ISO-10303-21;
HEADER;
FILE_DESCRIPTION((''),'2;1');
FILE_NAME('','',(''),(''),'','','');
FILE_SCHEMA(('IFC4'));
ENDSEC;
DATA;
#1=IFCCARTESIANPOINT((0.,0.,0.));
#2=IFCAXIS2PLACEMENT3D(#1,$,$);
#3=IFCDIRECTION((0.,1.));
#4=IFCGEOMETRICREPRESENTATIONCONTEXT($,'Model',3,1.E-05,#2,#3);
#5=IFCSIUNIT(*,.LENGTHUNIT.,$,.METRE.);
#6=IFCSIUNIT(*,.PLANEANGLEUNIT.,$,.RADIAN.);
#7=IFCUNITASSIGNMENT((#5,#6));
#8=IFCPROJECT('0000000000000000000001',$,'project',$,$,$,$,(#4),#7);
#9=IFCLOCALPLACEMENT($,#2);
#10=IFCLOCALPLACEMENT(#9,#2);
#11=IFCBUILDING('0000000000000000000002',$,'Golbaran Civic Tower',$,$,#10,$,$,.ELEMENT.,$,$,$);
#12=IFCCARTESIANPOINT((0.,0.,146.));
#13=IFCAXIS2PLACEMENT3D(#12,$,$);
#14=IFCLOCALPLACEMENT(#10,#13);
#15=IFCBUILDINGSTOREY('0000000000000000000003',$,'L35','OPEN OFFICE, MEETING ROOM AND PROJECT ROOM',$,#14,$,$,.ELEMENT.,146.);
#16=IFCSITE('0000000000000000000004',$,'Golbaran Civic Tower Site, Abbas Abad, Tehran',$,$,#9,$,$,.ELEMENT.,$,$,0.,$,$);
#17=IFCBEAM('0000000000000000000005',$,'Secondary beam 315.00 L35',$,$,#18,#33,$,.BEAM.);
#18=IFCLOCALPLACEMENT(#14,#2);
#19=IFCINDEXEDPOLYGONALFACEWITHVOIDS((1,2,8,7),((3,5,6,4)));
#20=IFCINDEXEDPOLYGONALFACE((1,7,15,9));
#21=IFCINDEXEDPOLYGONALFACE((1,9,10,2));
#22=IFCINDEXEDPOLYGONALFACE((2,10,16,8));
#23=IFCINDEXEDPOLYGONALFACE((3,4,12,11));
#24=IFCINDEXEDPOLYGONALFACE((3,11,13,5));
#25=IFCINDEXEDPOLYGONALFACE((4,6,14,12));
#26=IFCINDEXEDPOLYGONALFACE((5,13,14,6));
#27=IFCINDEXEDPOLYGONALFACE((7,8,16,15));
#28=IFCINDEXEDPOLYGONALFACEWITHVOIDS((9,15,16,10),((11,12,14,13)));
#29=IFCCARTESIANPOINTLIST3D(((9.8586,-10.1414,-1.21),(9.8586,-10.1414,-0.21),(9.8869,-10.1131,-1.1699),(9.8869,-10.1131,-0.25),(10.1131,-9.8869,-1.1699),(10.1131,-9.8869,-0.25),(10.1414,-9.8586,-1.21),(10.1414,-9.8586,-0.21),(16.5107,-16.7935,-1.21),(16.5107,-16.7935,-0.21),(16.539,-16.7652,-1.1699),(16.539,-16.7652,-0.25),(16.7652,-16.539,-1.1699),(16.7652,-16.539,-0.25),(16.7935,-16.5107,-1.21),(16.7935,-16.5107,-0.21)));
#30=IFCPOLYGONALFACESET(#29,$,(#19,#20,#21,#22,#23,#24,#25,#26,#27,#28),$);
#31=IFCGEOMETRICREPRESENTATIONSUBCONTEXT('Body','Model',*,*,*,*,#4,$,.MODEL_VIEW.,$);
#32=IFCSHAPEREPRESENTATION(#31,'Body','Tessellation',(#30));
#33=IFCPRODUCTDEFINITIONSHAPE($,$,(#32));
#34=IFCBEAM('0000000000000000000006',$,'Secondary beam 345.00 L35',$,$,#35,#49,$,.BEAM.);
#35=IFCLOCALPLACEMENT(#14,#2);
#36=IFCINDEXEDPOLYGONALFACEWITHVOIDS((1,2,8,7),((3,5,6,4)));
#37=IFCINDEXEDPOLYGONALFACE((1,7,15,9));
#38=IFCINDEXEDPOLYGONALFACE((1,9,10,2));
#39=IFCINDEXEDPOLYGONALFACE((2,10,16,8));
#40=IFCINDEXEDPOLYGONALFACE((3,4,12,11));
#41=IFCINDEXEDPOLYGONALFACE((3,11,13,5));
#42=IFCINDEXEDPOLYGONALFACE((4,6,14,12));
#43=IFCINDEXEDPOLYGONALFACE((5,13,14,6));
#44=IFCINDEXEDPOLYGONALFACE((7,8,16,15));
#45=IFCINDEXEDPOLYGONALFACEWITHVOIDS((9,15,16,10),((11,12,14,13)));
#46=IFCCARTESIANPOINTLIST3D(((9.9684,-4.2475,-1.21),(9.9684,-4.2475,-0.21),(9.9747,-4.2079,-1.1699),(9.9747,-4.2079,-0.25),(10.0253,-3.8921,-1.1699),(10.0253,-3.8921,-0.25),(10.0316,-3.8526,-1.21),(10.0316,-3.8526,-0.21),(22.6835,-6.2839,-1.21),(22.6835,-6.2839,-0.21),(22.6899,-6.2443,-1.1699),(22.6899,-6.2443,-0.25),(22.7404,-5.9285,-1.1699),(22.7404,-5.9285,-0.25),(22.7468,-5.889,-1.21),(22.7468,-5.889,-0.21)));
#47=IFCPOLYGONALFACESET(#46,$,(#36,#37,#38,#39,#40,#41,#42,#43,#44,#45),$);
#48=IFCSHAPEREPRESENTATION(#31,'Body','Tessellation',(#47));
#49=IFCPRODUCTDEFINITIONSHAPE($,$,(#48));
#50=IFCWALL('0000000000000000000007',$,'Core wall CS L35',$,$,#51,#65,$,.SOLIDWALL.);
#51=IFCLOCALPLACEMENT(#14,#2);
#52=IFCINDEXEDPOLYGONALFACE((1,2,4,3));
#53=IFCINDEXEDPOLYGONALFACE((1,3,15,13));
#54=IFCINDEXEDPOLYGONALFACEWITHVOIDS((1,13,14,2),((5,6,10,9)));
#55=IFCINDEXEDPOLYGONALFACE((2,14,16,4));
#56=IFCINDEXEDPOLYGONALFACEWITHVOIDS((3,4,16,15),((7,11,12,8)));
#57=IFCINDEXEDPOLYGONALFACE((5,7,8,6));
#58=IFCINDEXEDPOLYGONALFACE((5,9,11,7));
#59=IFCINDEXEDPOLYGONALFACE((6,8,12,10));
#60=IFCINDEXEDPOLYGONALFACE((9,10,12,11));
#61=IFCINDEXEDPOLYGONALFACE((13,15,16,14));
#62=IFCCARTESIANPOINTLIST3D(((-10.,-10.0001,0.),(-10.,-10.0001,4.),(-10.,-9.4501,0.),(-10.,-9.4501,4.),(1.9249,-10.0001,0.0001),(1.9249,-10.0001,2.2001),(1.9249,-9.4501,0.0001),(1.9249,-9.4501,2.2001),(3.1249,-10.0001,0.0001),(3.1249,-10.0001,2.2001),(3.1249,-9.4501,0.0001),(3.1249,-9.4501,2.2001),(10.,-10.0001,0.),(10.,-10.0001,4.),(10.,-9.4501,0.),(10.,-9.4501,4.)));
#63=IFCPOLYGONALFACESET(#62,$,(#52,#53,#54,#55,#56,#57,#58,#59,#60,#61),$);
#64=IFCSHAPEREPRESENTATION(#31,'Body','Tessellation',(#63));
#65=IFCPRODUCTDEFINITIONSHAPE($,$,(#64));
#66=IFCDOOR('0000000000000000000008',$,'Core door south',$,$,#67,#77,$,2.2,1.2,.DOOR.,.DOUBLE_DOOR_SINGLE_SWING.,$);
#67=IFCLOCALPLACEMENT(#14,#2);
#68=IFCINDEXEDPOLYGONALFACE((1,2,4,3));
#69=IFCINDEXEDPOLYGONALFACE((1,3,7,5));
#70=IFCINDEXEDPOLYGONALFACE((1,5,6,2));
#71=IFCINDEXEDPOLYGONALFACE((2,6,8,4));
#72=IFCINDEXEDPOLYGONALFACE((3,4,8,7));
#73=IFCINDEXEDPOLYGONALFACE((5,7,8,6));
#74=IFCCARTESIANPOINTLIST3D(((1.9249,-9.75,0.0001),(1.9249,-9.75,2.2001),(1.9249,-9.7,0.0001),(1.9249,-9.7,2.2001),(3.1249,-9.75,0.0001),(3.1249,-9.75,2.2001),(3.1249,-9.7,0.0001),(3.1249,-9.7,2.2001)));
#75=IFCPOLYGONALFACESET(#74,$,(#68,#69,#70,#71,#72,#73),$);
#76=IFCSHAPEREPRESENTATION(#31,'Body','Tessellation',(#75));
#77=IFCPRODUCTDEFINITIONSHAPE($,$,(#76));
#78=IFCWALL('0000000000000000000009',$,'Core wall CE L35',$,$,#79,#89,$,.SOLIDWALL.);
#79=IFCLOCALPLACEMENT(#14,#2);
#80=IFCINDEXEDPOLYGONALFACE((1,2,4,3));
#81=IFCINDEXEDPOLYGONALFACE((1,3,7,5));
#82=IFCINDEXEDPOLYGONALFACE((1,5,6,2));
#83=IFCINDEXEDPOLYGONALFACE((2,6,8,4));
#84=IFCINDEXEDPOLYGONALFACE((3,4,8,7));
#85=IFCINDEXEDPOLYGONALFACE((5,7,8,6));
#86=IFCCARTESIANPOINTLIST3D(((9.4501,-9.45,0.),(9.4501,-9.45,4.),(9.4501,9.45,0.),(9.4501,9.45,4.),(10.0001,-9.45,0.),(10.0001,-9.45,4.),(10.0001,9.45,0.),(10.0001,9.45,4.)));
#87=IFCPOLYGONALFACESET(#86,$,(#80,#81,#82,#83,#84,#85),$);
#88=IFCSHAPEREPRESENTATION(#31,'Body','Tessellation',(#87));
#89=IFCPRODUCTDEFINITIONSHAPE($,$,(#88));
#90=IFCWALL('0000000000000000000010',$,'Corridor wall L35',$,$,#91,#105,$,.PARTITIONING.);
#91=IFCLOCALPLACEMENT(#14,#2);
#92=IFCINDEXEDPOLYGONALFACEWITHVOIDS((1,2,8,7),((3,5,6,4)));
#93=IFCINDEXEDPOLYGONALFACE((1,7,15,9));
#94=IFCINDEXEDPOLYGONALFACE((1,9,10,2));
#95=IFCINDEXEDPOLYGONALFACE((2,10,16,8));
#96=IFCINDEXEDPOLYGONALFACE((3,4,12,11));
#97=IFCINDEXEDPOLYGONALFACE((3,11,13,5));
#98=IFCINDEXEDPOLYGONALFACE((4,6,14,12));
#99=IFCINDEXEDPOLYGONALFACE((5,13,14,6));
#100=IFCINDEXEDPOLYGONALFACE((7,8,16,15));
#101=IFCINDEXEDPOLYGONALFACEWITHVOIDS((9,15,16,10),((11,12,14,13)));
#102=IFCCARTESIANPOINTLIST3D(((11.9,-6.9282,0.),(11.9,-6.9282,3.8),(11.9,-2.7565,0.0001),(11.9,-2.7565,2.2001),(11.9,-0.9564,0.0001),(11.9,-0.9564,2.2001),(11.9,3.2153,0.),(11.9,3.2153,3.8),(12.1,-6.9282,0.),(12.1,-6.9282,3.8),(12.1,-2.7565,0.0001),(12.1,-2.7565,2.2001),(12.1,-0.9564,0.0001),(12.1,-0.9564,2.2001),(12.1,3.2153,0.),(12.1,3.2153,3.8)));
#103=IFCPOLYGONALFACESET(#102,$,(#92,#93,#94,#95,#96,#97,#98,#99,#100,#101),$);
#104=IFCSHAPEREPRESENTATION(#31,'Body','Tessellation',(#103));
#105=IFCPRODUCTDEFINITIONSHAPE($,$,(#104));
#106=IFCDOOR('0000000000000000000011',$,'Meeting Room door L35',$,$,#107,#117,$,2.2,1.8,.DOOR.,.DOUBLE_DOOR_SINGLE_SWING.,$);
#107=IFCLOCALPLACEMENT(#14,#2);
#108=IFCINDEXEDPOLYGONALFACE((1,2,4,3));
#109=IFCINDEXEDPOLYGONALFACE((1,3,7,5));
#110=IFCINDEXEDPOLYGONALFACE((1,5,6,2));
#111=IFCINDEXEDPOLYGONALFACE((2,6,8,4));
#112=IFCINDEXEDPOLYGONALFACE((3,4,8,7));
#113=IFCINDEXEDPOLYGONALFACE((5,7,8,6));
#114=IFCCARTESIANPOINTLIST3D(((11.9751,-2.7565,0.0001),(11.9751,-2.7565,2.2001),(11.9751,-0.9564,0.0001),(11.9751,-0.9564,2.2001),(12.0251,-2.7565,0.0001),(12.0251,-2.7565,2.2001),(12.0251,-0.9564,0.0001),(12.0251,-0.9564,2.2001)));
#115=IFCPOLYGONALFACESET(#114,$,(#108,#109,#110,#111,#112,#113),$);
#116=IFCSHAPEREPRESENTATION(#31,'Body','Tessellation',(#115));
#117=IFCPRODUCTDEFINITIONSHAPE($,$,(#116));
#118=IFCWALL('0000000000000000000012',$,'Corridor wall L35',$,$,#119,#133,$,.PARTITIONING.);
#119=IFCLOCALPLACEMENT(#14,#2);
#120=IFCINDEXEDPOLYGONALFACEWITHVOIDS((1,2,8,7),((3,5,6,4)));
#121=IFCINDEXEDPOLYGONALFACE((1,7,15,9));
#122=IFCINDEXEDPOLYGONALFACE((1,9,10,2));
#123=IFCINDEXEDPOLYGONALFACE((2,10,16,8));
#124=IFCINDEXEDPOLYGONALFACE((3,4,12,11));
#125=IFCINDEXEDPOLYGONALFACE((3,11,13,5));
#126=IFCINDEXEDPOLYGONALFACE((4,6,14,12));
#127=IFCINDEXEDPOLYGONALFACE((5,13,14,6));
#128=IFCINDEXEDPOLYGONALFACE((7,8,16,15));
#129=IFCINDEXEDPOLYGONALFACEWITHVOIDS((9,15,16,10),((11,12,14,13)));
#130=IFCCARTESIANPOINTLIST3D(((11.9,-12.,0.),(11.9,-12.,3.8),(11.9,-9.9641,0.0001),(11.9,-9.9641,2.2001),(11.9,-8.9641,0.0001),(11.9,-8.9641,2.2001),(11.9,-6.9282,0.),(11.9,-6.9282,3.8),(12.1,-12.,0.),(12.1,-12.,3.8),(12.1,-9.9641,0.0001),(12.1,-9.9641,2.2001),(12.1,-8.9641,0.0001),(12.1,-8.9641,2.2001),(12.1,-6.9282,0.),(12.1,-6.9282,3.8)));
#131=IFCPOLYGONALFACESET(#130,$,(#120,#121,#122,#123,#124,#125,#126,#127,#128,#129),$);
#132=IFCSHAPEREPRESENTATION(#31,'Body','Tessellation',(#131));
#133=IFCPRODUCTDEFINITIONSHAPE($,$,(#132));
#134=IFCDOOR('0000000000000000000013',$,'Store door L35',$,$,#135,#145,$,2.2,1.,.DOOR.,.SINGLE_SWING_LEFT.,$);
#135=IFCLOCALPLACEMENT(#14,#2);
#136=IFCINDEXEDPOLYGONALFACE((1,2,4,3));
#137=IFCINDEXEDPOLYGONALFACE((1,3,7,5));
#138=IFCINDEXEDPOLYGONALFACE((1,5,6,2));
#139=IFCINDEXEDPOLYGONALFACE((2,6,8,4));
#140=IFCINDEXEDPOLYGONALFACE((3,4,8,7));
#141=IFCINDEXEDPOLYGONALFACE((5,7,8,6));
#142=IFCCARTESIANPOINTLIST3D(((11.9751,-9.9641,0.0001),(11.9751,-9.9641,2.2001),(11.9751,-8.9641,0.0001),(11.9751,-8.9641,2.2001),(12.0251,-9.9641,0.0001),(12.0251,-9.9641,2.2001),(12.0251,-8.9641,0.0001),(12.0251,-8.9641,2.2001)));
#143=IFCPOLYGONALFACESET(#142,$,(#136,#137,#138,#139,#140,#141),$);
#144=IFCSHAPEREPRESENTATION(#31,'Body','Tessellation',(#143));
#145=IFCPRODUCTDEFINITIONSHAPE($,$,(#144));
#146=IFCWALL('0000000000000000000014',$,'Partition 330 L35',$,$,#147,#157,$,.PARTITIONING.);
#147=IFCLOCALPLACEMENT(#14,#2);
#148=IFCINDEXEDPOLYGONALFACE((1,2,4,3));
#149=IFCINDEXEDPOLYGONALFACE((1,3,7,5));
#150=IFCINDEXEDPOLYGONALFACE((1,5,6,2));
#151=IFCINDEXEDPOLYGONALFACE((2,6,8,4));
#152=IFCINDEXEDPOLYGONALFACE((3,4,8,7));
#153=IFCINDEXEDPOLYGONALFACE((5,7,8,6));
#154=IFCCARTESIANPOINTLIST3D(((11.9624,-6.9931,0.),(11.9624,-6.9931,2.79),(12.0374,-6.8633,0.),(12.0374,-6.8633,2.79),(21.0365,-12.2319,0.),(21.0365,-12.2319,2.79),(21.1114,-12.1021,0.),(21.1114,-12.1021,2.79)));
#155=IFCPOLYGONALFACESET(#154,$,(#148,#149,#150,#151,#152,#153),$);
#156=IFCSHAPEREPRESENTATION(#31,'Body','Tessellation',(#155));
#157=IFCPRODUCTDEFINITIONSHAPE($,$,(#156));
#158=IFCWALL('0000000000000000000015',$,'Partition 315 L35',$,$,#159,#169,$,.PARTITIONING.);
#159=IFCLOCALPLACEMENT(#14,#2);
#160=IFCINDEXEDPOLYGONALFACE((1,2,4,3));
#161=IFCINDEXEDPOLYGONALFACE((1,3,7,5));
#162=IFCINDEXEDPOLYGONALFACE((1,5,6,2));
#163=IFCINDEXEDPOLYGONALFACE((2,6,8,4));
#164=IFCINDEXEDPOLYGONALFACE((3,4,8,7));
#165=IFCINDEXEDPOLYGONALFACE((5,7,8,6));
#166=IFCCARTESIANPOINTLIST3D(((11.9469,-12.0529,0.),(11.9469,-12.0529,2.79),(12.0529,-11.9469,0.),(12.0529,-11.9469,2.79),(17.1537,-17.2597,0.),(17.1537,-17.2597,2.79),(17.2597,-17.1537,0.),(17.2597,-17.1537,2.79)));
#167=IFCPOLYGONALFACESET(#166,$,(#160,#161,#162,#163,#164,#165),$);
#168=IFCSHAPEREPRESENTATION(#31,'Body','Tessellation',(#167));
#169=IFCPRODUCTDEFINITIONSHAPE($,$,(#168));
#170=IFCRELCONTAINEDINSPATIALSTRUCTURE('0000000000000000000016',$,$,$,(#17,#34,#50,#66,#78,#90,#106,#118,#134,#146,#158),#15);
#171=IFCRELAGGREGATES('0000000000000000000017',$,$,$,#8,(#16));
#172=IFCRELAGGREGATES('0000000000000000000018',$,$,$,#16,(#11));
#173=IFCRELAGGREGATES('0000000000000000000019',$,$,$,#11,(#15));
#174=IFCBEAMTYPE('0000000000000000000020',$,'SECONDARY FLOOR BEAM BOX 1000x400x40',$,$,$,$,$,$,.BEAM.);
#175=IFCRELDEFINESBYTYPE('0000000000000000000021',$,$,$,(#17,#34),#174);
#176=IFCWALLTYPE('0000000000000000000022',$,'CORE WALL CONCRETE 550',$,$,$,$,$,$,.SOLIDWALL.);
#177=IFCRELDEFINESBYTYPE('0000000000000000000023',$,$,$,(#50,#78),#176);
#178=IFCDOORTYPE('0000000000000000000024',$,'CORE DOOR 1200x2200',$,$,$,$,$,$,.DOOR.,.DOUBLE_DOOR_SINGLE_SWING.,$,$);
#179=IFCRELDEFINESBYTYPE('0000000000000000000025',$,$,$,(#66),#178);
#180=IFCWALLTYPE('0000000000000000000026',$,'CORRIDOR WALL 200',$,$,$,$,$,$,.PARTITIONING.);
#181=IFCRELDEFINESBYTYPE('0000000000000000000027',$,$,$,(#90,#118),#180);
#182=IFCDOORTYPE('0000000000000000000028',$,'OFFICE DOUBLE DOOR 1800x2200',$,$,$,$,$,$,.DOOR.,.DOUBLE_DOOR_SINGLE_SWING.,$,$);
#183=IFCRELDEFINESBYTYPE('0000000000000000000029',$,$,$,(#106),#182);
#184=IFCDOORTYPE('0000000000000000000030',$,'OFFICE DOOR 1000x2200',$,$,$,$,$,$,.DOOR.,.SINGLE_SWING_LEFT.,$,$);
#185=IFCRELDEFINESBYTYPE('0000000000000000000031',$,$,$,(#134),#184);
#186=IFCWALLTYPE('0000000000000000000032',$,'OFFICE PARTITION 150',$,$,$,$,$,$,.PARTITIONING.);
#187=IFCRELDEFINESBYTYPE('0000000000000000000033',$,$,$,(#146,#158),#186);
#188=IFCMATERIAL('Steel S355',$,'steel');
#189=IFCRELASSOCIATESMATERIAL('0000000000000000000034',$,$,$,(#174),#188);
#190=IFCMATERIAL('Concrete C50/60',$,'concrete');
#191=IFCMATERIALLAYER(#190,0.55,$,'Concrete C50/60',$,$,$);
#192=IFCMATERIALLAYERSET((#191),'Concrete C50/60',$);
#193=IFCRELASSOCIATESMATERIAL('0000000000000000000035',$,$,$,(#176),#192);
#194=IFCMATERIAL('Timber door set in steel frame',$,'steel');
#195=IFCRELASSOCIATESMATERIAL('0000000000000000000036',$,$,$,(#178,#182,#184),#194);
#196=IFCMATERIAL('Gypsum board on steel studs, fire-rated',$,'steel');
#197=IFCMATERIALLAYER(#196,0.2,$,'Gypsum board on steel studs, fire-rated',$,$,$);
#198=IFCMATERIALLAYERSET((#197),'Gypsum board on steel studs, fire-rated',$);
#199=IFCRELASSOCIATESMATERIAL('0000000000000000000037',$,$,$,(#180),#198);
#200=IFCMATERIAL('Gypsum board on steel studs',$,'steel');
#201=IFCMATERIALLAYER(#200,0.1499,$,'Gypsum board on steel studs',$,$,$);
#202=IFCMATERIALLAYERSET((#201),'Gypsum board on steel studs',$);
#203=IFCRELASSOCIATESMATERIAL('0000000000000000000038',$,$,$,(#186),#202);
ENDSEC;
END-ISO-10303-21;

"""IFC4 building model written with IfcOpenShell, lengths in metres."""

from ifc_helpers import new_model, si_unit, direction, frame, frame_2d, origin, origin_2d, place, context, subcontext, project, spatial, rectangle, hollow_rectangle, extrude, material, layer, layer_set, material_profile, profile_set, type_object, element, fill, save


model = new_model("IFC4")

# Units and contexts
model_context = context("Model", 3, precision=1e-05, world=origin(), true_north=direction((0.0, 1.0)))
body_context = subcontext(model_context, "Body", "Model", "MODEL_VIEW")
ifc_project = project(units=[si_unit("LENGTHUNIT", "METRE"), si_unit("PLANEANGLEUNIT", "RADIAN")], contexts=[model_context])

# Site, building, storey
site_placement = place(None, origin())
site = spatial("IfcSite", under=ifc_project, at=site_placement, Name="Golbaran Civic Tower Site, Abbas Abad, Tehran", CompositionType="ELEMENT", RefElevation=0.0)
building_placement = place(site_placement, origin())
building = spatial("IfcBuilding", under=site, at=building_placement, Name="Golbaran Civic Tower", CompositionType="ELEMENT")
storey_placement = place(building_placement, frame((0.0, 0.0, 146.0)))
storey = spatial("IfcBuildingStorey", under=building, at=storey_placement, Name="L35", Description="OPEN OFFICE, MEETING ROOM AND PROJECT ROOM", CompositionType="ELEMENT", Elevation=146.0)

# Beams
ifc_material_1 = material(Name="Steel S355", Category="steel")
ifc_material_profile_1 = material_profile(ifc_material_1, hollow_rectangle(XDim=0.3999, YDim=1.0, WallThickness=0.04, at=origin_2d()), Name="BOX 1000x400x40")
ifc_profile_set_1 = profile_set([ifc_material_profile_1], Name="Steel S355")
beam_type_1 = type_object("IfcBeamType", Name="SECONDARY FLOOR BEAM BOX 1000x400x40", PredefinedType="BEAM", material=ifc_profile_set_1)
beam_1_placement = place(storey_placement, frame((10.0, -10.0, -0.71), z_axis=(0.707107, -0.707107, 0.0), x_axis=(0.707107, 0.707107, 0.0)))
element("IfcBeam", 1, at=beam_1_placement, inside=storey, type_object=beam_type_1, Name="Secondary beam 315.00 L35", PredefinedType="BEAM", context=body_context, shape_type="SweptSolid", body=[
    extrude(hollow_rectangle(XDim=0.3999, YDim=1.0, WallThickness=0.04, at=origin_2d()), origin(), (0.0, 0.0, 1.0), 9.4075),
])
beam_2_placement = place(storey_placement, frame((10.0, -4.05, -0.71), z_axis=(0.987417, -0.158139, 0.0), x_axis=(0.158139, 0.987417, 0.0)))
element("IfcBeam", 2, at=beam_2_placement, inside=storey, type_object=beam_type_1, Name="Secondary beam 345.00 L35", PredefinedType="BEAM", context=body_context, shape_type="SweptSolid", body=[
    extrude(hollow_rectangle(XDim=0.3999, YDim=1.0, WallThickness=0.04, at=origin_2d()), origin(), (0.0, 0.0, 1.0), 12.8772),
])

# Wall, opening, door
ifc_material_2 = material(Name="Concrete C50/60", Category="concrete")
ifc_layer_1 = layer(ifc_material_2, 0.55, Name="Concrete C50/60")
ifc_layer_set_1 = layer_set([ifc_layer_1], Name="Concrete C50/60")
wall_type_1 = type_object("IfcWallType", Name="CORE WALL CONCRETE 550", PredefinedType="SOLIDWALL", material=ifc_layer_set_1)
wall_1_placement = place(storey_placement, frame((10.0, -9.7251, 0.0), z_axis=(0.0, 0.0, 1.0), x_axis=(-1.0, 0.0, 0.0)))
wall_1 = element("IfcWall", 3, at=wall_1_placement, inside=storey, type_object=wall_type_1, Name="Core wall CS L35", PredefinedType="SOLIDWALL", context=body_context, shape_type="SweptSolid", body=[
    extrude(rectangle(XDim=20.0, YDim=0.55, at=frame_2d((10.0, 0.0))), origin(), (0.0, 0.0, 1.0), 4.0),
])
opening_1_placement = place(wall_1_placement, frame((6.875, 0.0, 0.0)))
opening_1 = element("IfcOpeningElement", 4, at=opening_1_placement, cuts=wall_1, PredefinedType="OPENING", context=body_context, shape_type="SweptSolid", body=[
    extrude(rectangle(XDim=1.2, YDim=2.2, at=frame_2d((0.6001, 1.1001))), frame((0.0, 0.2849, 0.0), z_axis=(0.0, -1.0, 0.0), x_axis=(1.0, 0.0, 0.0)), (0.0, 0.0, 1.0), 0.5701),
])
ifc_material_3 = material(Name="Timber door set in steel frame", Category="steel")
door_type_1 = type_object("IfcDoorType", Name="CORE DOOR 1200x2200", OperationType="DOUBLE_DOOR_SINGLE_SWING", PredefinedType="DOOR", material=ifc_material_3)
door_1_placement = place(opening_1_placement, origin())
door_1 = element("IfcDoor", 5, at=door_1_placement, inside=storey, type_object=door_type_1, Name="Core door south", OperationType="DOUBLE_DOOR_SINGLE_SWING", OverallHeight=2.2, OverallWidth=1.2, PredefinedType="DOOR", context=body_context, shape_type="SweptSolid", body=[
    extrude(rectangle(XDim=1.2, YDim=2.2, at=frame_2d((0.6001, 1.1001))), frame((0.0, 0.0249, 0.0), z_axis=(0.0, -1.0, 0.0), x_axis=(1.0, 0.0, 0.0)), (0.0, 0.0, 1.0), 0.05),
])
fill(opening_1, door_1)

# Wall
wall_2_placement = place(storey_placement, frame((9.7251, -9.45, 0.0), z_axis=(0.0, 0.0, 1.0), x_axis=(0.0, 1.0, 0.0)))
element("IfcWall", 6, at=wall_2_placement, inside=storey, type_object=wall_type_1, Name="Core wall CE L35", PredefinedType="SOLIDWALL", context=body_context, shape_type="SweptSolid", body=[
    extrude(rectangle(XDim=18.8999, YDim=0.55, at=frame_2d((9.45, 0.0))), origin(), (0.0, 0.0, 1.0), 4.0),
])

# Walls, openings, doors
ifc_material_4 = material(Name="Gypsum board on steel studs, fire-rated", Category="steel")
ifc_layer_2 = layer(ifc_material_4, 0.2, Name="Gypsum board on steel studs, fire-rated")
ifc_layer_set_2 = layer_set([ifc_layer_2], Name="Gypsum board on steel studs, fire-rated")
wall_type_2 = type_object("IfcWallType", Name="CORRIDOR WALL 200", PredefinedType="PARTITIONING", material=ifc_layer_set_2)
wall_3_placement = place(storey_placement, frame((12.0, -6.9282, 0.0), z_axis=(0.0, 0.0, 1.0), x_axis=(0.0, 1.0, 0.0)))
wall_3 = element("IfcWall", 7, at=wall_3_placement, inside=storey, type_object=wall_type_2, Name="Corridor wall L35", PredefinedType="PARTITIONING", context=body_context, shape_type="SweptSolid", body=[
    extrude(rectangle(XDim=10.1436, YDim=0.2, at=frame_2d((5.0718, 0.0))), origin(), (0.0, 0.0, 1.0), 3.8),
])
opening_2_placement = place(wall_3_placement, frame((4.1719, 0.0, 0.0)))
opening_2 = element("IfcOpeningElement", 8, at=opening_2_placement, cuts=wall_3, PredefinedType="OPENING", context=body_context, shape_type="SweptSolid", body=[
    extrude(rectangle(XDim=1.8, YDim=2.2, at=frame_2d((0.8999, 1.1001))), frame((0.0, 0.1099, 0.0), z_axis=(0.0, -1.0, 0.0), x_axis=(1.0, 0.0, 0.0)), (0.0, 0.0, 1.0), 0.22),
])
door_type_2 = type_object("IfcDoorType", Name="OFFICE DOUBLE DOOR 1800x2200", OperationType="DOUBLE_DOOR_SINGLE_SWING", PredefinedType="DOOR", material=ifc_material_3)
door_2_placement = place(opening_2_placement, origin())
door_2 = element("IfcDoor", 9, at=door_2_placement, inside=storey, type_object=door_type_2, Name="Meeting Room door L35", OperationType="DOUBLE_DOOR_SINGLE_SWING", OverallHeight=2.2, OverallWidth=1.8, PredefinedType="DOOR", context=body_context, shape_type="SweptSolid", body=[
    extrude(rectangle(XDim=1.8, YDim=2.2, at=frame_2d((0.8999, 1.1001))), frame((0.0, 0.0249, 0.0), z_axis=(0.0, -1.0, 0.0), x_axis=(1.0, 0.0, 0.0)), (0.0, 0.0, 1.0), 0.05),
])
fill(opening_2, door_2)
wall_4_placement = place(storey_placement, frame((12.0, -12.0, 0.0), z_axis=(0.0, 0.0, 1.0), x_axis=(0.0, 1.0, 0.0)))
wall_4 = element("IfcWall", 10, at=wall_4_placement, inside=storey, type_object=wall_type_2, Name="Corridor wall L35", PredefinedType="PARTITIONING", context=body_context, shape_type="SweptSolid", body=[
    extrude(rectangle(XDim=5.0718, YDim=0.2, at=frame_2d((2.5359, 0.0))), origin(), (0.0, 0.0, 1.0), 3.8),
])
opening_3_placement = place(wall_4_placement, frame((2.0359, 0.0, 0.0)))
opening_3 = element("IfcOpeningElement", 11, at=opening_3_placement, cuts=wall_4, PredefinedType="OPENING", context=body_context, shape_type="SweptSolid", body=[
    extrude(rectangle(XDim=1.0, YDim=2.2, at=frame_2d((0.5, 1.1001))), frame((0.0, 0.1099, 0.0), z_axis=(0.0, -1.0, 0.0), x_axis=(1.0, 0.0, 0.0)), (0.0, 0.0, 1.0), 0.22),
])
door_type_3 = type_object("IfcDoorType", Name="OFFICE DOOR 1000x2200", OperationType="SINGLE_SWING_LEFT", PredefinedType="DOOR", material=ifc_material_3)
door_3_placement = place(opening_3_placement, origin())
door_3 = element("IfcDoor", 12, at=door_3_placement, inside=storey, type_object=door_type_3, Name="Store door L35", OperationType="SINGLE_SWING_LEFT", OverallHeight=2.2, OverallWidth=1.0, PredefinedType="DOOR", context=body_context, shape_type="SweptSolid", body=[
    extrude(rectangle(XDim=1.0, YDim=2.2, at=frame_2d((0.5, 1.1001))), frame((0.0, 0.0249, 0.0), z_axis=(0.0, -1.0, 0.0), x_axis=(1.0, 0.0, 0.0)), (0.0, 0.0, 1.0), 0.05),
])
fill(opening_3, door_3)

# Walls
ifc_material_5 = material(Name="Gypsum board on steel studs", Category="steel")
ifc_layer_3 = layer(ifc_material_5, 0.1499, Name="Gypsum board on steel studs")
ifc_layer_set_3 = layer_set([ifc_layer_3], Name="Gypsum board on steel studs")
wall_type_3 = type_object("IfcWallType", Name="OFFICE PARTITION 150", PredefinedType="PARTITIONING", material=ifc_layer_set_3)
wall_5_placement = place(storey_placement, frame((12.0, -6.9282, 0.0), z_axis=(0.0, 0.0, 1.0), x_axis=(0.866029, -0.499993, 0.0)))
element("IfcWall", 13, at=wall_5_placement, inside=storey, type_object=wall_type_3, Name="Partition 330 L35", PredefinedType="PARTITIONING", context=body_context, shape_type="SweptSolid", body=[
    extrude(rectangle(XDim=10.4778, YDim=0.1499, at=frame_2d((5.2388, 0.0))), origin(), (0.0, 0.0, 1.0), 2.79),
])
wall_6_placement = place(storey_placement, frame((12.0, -12.0, 0.0), z_axis=(0.0, 0.0, 1.0), x_axis=(0.707107, -0.707107, 0.0)))
element("IfcWall", 14, at=wall_6_placement, inside=storey, type_object=wall_type_3, Name="Partition 315 L35", PredefinedType="PARTITIONING", context=body_context, shape_type="SweptSolid", body=[
    extrude(rectangle(XDim=7.3635, YDim=0.1499, at=frame_2d((3.6816, 0.0))), origin(), (0.0, 0.0, 1.0), 2.79),
])

save(model, "model.ifc")
